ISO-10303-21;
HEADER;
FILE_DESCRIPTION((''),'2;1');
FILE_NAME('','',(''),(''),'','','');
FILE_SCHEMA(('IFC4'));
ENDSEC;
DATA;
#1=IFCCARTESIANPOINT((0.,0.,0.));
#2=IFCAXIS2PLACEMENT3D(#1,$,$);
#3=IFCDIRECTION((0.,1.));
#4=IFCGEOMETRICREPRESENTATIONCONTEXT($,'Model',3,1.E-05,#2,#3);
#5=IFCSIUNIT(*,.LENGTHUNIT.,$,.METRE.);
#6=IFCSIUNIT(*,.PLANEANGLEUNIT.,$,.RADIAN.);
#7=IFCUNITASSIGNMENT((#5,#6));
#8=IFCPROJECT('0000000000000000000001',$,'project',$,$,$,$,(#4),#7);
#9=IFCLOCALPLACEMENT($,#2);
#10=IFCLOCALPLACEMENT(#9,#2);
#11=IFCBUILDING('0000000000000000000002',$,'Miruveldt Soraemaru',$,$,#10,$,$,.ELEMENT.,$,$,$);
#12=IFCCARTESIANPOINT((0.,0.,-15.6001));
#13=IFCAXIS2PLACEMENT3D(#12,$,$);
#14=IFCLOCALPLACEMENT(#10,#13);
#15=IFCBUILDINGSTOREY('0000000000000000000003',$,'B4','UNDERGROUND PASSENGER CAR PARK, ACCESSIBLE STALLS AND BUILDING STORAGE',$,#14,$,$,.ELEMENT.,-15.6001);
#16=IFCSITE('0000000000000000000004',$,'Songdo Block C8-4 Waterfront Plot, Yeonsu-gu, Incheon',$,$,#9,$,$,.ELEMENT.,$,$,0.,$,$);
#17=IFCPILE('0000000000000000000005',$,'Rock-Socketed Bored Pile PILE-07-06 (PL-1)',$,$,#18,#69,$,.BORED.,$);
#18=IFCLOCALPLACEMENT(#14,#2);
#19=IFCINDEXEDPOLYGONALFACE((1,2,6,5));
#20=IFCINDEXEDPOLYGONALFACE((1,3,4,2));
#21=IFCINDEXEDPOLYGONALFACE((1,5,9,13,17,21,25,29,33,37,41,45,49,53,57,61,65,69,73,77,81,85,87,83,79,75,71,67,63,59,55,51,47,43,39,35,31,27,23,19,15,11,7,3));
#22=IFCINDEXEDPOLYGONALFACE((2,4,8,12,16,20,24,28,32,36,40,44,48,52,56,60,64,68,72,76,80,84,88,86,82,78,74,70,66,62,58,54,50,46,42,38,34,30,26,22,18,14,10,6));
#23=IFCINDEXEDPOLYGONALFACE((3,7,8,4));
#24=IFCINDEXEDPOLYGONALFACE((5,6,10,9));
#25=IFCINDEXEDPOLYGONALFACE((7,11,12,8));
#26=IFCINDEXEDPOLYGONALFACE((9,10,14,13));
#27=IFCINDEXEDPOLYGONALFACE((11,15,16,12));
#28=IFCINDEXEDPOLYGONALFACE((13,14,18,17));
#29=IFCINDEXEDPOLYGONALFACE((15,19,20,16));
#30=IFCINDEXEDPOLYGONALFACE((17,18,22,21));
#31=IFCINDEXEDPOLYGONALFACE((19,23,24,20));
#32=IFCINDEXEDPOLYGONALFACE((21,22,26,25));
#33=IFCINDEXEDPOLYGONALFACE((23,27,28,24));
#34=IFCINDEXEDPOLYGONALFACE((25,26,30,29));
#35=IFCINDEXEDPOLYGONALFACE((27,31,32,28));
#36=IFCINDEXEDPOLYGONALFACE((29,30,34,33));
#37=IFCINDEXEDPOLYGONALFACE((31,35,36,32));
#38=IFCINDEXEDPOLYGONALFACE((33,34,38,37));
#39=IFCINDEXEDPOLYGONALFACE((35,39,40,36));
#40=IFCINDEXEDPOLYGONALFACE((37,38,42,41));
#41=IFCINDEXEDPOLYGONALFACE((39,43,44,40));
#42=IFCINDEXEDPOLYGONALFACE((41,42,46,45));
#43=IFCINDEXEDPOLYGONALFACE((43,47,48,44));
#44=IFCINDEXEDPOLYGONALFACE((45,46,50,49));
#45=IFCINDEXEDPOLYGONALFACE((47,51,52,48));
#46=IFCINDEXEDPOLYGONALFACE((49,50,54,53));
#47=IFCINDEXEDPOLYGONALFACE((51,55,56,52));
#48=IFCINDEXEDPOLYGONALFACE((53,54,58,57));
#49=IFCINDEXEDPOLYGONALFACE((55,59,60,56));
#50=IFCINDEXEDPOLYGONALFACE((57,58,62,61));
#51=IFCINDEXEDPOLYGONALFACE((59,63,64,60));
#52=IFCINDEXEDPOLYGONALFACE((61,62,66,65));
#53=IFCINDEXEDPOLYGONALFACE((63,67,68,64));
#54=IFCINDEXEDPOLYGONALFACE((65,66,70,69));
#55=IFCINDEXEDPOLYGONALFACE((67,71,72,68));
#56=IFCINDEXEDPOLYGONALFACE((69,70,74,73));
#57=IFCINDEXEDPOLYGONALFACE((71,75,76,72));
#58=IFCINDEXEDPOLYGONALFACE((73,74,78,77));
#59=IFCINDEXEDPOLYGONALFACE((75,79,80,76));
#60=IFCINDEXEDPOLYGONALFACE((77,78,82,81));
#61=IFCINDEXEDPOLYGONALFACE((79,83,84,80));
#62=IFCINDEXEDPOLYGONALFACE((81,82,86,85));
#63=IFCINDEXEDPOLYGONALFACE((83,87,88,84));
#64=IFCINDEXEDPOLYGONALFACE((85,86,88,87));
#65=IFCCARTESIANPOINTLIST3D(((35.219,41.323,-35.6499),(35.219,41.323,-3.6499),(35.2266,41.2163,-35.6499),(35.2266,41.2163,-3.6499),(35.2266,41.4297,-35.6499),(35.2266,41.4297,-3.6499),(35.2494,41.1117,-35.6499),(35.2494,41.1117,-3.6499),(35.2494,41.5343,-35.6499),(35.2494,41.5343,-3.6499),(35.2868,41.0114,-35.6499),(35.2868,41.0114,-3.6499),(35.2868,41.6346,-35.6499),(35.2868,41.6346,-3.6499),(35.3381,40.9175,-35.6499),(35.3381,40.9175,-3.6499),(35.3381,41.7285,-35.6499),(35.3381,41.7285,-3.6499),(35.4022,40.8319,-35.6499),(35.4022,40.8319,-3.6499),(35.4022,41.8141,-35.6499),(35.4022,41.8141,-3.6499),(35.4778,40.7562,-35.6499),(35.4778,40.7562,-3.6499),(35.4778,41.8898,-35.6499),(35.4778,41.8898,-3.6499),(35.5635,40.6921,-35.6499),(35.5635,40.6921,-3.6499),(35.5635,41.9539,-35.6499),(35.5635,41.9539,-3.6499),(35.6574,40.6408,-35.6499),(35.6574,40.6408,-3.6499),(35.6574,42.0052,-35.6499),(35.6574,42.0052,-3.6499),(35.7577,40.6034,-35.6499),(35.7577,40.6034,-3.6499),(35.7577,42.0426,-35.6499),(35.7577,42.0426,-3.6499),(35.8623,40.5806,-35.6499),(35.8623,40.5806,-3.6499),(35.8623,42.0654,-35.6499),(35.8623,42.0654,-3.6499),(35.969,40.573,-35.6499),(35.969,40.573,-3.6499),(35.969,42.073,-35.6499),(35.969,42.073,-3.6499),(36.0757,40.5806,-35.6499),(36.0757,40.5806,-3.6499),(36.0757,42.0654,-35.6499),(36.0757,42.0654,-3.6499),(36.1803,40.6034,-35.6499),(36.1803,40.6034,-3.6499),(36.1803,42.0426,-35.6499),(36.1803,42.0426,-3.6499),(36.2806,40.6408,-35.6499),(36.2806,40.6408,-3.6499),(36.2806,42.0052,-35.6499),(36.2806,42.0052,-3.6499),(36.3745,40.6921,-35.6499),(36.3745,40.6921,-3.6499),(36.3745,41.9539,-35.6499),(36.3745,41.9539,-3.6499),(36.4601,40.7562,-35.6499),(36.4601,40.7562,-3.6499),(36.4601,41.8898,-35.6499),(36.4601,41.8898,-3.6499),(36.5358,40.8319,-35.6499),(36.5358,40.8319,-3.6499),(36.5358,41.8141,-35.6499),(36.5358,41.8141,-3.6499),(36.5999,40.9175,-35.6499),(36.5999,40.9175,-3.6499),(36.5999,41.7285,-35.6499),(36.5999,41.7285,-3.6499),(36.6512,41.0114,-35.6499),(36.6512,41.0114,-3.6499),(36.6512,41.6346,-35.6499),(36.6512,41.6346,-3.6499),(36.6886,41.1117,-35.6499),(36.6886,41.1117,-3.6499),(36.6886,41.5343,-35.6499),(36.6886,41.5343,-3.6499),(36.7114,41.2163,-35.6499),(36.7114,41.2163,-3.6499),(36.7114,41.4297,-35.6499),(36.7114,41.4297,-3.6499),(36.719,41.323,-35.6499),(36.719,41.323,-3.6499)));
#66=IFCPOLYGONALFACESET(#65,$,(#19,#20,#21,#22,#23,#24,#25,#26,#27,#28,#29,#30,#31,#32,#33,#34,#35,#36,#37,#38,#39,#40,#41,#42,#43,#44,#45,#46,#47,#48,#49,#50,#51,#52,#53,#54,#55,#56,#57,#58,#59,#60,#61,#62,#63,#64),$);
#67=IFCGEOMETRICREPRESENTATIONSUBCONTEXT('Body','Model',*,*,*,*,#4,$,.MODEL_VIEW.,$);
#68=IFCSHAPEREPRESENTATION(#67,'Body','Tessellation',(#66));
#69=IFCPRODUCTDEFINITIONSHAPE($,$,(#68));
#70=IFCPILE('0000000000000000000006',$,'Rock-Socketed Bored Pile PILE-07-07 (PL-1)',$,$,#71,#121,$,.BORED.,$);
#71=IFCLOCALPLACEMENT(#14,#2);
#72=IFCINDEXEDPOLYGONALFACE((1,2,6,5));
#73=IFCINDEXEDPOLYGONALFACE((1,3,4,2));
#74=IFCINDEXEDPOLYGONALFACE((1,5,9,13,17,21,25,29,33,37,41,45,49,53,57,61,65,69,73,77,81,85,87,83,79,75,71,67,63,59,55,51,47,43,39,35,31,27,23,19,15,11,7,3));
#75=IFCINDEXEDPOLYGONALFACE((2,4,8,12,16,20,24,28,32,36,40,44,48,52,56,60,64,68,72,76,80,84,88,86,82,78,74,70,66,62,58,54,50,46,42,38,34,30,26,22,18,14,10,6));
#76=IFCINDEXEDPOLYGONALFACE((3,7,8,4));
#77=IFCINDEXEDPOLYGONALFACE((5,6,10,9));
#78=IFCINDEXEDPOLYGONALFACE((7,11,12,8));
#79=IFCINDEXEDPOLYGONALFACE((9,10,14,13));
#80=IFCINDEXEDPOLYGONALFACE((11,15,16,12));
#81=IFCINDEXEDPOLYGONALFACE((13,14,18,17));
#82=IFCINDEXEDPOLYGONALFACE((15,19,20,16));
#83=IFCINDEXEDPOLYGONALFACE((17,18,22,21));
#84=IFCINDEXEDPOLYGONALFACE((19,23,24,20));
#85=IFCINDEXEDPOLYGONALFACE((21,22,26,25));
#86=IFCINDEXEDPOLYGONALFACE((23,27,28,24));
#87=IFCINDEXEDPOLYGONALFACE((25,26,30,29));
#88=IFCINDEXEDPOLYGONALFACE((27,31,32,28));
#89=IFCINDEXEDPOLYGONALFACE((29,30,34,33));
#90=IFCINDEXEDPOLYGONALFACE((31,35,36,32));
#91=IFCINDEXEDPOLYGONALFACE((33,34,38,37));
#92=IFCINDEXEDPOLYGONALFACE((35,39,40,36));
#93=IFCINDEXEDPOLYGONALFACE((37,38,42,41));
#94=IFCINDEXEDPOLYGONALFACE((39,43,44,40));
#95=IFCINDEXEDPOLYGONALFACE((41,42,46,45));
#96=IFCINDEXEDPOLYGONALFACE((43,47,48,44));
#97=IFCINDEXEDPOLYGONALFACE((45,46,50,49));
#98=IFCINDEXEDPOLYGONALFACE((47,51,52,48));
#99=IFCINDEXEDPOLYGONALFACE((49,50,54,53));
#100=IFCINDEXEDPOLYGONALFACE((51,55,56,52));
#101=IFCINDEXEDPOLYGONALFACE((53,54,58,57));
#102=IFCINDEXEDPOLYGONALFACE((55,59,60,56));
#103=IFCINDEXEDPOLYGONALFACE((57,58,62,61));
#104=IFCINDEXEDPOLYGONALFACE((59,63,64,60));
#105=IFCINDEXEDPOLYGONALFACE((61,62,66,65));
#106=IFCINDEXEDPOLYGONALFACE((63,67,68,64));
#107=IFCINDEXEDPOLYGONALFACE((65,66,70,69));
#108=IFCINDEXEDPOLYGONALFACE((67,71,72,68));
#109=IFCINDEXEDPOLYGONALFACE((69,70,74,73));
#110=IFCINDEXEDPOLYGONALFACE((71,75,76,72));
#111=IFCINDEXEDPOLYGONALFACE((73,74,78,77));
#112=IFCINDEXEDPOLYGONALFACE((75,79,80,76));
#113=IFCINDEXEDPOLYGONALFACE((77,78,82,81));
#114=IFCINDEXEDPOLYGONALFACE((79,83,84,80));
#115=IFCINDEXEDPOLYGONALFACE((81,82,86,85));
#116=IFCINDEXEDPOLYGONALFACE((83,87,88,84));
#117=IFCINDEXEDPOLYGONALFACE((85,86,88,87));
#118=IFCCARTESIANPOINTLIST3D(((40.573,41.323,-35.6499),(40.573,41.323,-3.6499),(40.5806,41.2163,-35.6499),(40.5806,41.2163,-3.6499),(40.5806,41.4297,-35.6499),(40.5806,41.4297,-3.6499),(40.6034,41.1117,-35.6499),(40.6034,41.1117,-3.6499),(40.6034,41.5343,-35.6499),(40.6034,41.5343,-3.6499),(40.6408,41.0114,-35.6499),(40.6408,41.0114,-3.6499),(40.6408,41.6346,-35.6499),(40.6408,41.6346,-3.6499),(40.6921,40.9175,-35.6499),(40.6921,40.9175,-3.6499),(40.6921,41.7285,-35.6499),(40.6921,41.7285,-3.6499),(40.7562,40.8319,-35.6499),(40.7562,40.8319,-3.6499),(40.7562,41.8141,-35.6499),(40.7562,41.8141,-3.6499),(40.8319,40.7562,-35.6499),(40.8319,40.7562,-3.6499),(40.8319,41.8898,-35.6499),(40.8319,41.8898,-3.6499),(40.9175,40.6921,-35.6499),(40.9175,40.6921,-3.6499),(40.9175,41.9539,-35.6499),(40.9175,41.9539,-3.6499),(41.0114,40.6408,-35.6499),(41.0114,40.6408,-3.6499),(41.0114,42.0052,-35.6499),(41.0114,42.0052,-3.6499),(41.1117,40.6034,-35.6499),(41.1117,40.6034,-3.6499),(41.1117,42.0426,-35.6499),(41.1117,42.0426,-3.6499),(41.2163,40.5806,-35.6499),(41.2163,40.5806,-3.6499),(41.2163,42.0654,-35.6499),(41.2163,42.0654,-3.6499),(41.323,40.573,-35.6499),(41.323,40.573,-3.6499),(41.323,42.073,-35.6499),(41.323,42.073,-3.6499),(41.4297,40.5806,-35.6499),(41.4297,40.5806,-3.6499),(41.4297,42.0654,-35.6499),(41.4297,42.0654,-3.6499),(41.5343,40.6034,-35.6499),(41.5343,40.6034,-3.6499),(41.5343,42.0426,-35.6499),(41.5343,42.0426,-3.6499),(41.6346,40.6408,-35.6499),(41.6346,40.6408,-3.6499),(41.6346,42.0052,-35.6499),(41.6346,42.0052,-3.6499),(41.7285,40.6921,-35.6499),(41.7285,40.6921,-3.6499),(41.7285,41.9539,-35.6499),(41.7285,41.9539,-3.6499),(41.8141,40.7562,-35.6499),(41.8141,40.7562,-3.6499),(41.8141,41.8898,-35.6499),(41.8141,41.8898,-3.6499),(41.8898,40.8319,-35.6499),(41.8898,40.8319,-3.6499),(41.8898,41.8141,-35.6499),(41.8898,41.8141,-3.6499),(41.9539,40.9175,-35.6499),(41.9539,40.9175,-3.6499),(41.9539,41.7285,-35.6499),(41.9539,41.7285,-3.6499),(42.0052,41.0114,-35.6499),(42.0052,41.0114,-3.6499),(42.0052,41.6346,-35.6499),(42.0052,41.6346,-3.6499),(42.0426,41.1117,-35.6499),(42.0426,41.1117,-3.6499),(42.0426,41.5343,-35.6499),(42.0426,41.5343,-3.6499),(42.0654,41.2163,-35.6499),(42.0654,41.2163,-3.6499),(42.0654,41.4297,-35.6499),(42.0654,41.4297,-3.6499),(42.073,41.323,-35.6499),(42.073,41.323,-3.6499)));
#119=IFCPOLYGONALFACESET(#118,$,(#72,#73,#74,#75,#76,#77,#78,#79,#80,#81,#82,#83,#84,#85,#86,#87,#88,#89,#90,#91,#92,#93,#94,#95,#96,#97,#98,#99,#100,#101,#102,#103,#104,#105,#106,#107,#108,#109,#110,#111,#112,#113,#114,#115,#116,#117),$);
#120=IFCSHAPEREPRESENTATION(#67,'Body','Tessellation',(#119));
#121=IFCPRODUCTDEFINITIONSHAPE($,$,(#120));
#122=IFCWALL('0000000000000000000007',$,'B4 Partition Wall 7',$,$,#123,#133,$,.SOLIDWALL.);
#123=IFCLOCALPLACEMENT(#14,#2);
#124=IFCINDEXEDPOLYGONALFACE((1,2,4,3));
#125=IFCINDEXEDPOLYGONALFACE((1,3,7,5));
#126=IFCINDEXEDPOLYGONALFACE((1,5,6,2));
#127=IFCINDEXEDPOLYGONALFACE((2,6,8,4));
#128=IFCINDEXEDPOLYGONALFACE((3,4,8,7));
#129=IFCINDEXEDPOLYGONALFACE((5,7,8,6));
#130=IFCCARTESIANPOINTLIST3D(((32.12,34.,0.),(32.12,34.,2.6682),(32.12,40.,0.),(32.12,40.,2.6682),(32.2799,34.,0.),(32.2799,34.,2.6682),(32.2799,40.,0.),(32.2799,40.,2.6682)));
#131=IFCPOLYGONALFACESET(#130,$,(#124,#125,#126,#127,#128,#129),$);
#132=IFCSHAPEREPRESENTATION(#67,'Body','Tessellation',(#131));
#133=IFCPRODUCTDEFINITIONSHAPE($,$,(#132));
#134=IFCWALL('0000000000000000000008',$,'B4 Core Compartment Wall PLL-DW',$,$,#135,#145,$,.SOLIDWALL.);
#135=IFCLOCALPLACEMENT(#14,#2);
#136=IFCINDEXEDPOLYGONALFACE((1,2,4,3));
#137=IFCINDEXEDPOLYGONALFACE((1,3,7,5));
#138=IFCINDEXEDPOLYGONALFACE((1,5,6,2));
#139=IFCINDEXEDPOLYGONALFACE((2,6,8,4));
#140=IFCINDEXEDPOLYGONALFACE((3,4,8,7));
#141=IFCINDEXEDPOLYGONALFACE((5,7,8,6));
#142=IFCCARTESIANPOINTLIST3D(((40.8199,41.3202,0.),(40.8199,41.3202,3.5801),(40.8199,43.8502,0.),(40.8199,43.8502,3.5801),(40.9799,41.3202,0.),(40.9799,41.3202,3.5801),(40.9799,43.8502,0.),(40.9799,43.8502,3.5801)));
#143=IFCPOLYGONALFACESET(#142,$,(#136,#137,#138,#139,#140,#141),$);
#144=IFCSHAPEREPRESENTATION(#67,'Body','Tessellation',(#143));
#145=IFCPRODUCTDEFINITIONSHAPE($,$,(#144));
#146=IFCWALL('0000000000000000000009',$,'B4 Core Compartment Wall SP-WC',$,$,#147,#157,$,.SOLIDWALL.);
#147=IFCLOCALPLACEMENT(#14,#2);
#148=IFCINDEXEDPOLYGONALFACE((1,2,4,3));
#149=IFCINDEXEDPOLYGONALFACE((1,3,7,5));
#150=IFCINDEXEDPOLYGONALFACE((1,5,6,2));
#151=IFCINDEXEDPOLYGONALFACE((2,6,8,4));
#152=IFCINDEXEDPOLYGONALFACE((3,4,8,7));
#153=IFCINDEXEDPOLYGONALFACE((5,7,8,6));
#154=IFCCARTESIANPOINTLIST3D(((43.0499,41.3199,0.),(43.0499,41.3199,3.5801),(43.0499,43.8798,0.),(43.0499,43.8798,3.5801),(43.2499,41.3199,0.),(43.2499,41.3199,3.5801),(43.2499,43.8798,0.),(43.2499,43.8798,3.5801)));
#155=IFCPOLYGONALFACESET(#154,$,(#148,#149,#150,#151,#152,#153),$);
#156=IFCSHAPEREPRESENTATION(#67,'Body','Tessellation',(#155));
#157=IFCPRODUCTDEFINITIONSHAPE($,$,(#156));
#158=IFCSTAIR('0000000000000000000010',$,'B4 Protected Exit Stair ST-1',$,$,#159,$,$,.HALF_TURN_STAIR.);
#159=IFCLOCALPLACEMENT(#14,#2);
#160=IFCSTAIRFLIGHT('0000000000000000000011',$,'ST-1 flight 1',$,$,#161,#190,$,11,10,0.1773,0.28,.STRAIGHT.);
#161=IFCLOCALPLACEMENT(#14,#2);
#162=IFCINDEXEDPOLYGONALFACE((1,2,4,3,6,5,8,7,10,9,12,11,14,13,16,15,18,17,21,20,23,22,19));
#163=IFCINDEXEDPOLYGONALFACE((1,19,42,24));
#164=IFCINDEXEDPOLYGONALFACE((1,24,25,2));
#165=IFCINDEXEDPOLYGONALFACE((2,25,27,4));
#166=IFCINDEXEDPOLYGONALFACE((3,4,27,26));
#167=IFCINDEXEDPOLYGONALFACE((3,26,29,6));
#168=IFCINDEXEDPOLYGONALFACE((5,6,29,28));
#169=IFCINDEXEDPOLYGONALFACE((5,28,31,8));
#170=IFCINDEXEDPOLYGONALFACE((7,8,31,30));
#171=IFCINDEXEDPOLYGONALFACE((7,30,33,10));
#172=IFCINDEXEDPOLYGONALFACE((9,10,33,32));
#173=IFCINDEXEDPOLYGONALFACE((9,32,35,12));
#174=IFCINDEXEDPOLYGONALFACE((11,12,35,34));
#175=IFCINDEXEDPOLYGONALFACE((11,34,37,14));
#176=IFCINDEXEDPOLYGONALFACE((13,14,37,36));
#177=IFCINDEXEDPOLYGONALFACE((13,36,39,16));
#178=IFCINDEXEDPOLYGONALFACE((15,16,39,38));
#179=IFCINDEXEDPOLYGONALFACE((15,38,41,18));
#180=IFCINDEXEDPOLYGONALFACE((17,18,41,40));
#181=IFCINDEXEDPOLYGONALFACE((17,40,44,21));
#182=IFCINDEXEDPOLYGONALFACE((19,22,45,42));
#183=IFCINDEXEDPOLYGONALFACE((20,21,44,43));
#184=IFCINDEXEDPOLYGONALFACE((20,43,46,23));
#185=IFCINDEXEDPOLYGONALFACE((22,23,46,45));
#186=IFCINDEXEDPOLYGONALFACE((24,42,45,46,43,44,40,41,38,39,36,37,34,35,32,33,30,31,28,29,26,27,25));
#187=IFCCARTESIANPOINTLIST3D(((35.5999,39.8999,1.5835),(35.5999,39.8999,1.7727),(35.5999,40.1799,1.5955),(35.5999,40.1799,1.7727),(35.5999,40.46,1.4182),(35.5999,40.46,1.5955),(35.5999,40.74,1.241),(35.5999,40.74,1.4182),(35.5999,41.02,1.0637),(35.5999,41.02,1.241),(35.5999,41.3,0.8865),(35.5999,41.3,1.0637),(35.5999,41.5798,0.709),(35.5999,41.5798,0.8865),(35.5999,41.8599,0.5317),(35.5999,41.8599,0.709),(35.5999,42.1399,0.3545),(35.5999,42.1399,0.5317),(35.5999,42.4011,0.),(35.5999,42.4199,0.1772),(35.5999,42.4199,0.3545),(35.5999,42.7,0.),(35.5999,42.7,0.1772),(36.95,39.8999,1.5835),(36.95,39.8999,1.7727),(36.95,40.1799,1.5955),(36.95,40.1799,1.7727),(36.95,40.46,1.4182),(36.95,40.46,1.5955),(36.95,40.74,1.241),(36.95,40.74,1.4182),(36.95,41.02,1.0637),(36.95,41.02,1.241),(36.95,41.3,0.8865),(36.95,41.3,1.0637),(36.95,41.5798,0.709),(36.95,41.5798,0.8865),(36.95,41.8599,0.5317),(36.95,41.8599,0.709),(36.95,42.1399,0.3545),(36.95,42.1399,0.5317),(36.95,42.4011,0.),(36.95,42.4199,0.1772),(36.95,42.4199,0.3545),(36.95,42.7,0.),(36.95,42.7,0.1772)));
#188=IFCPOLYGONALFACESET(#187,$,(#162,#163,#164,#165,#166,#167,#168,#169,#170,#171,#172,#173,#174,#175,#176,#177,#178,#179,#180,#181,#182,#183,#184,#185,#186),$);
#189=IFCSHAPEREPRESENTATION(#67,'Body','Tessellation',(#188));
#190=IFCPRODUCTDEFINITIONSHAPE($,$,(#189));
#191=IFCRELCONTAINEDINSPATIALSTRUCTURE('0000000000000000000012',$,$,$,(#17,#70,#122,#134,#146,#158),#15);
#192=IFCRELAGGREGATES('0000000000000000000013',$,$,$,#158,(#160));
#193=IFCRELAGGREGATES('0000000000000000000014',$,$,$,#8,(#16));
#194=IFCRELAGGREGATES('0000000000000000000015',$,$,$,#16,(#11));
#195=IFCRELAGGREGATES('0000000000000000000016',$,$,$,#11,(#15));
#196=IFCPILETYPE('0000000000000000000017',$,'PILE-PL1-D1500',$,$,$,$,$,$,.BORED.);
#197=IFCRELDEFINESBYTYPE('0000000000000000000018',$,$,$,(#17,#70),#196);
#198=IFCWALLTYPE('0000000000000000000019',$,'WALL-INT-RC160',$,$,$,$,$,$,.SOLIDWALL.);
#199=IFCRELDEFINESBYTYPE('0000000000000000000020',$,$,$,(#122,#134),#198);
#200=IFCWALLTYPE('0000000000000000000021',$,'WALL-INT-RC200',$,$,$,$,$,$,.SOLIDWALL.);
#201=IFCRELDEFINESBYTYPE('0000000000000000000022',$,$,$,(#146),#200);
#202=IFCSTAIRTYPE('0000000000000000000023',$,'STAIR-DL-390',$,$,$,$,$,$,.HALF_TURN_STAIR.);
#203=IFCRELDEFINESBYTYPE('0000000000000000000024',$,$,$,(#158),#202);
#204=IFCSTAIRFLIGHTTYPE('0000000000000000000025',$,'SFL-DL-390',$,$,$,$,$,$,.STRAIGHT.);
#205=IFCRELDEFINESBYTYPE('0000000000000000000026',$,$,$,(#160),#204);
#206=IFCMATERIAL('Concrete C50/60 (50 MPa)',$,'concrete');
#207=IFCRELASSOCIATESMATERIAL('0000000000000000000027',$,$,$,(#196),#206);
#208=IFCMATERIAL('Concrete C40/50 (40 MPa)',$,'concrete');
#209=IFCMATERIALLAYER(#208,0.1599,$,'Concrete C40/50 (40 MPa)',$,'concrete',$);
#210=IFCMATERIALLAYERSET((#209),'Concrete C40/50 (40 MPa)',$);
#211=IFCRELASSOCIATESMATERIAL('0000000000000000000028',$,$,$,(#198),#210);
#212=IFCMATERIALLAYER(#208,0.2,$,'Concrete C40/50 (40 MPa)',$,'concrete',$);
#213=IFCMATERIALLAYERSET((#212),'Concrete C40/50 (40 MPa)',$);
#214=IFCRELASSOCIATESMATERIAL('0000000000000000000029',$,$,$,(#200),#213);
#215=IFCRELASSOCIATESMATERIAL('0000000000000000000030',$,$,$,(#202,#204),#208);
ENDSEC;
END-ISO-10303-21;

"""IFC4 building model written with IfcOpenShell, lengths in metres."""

from ifc_helpers import new_model, si_unit, direction, frame, frame_2d, origin, origin_2d, place, context, subcontext, project, spatial, polyline, rectangle, circle, outline, extrude, material, layer, layer_set, material_profile, profile_set, type_object, element, aggregate, save


model = new_model("IFC4")

# Units and contexts
model_context = context("Model", 3, precision=1e-05, world=origin(), true_north=direction((0.0, 1.0)))
body_context = subcontext(model_context, "Body", "Model", "MODEL_VIEW")
ifc_project = project(units=[si_unit("LENGTHUNIT", "METRE"), si_unit("PLANEANGLEUNIT", "RADIAN")], contexts=[model_context])

# Site, building, storey
site_placement = place(None, origin())
site = spatial("IfcSite", under=ifc_project, at=site_placement, Name="Songdo Block C8-4 Waterfront Plot, Yeonsu-gu, Incheon", CompositionType="ELEMENT", RefElevation=0.0)
building_placement = place(site_placement, origin())
building = spatial("IfcBuilding", under=site, at=building_placement, Name="Miruveldt Soraemaru", CompositionType="ELEMENT")
storey_placement = place(building_placement, frame((0.0, 0.0, -15.6001)))
storey = spatial("IfcBuildingStorey", under=building, at=storey_placement, Name="B4", Description="UNDERGROUND PASSENGER CAR PARK, ACCESSIBLE STALLS AND BUILDING STORAGE", CompositionType="ELEMENT", Elevation=-15.6001)

# Piles
ifc_material_1 = material(Name="Concrete C50/60 (50 MPa)", Category="concrete")
ifc_material_profile = material_profile(ifc_material_1, circle(Radius=0.75, at=origin_2d()), Name="Concrete C50/60 (50 MPa)", Category="concrete")
ifc_profile_set = profile_set([ifc_material_profile], Name="Concrete C50/60 (50 MPa)")
pile_type = type_object("IfcPileType", Name="PILE-PL1-D1500", PredefinedType="BORED", material=ifc_profile_set)
for number, where, z_axis, x_axis, name in (
    (1, (35.969, 41.323, -3.6499), (0.0, 0.0, -1.0), (1.0, 0.0, 0.0), "Rock-Socketed Bored Pile PILE-07-06 (PL-1)"),
    (2, (41.323, 41.323, -3.6499), (0.0, 0.0, -1.0), (1.0, 0.0, 0.0), "Rock-Socketed Bored Pile PILE-07-07 (PL-1)"),
):
    element("IfcPile", number, at=place(storey_placement, frame(where, z_axis=z_axis, x_axis=x_axis)), inside=storey, type_object=pile_type, Name=name, PredefinedType="BORED", context=body_context, shape_type="SweptSolid", body=[
        extrude(circle(Radius=0.75, at=origin_2d()), origin(), (0.0, 0.0, 1.0), 32.0),
    ])

# Walls
ifc_material_2 = material(Name="Concrete C40/50 (40 MPa)", Category="concrete")
ifc_layer_1 = layer(ifc_material_2, 0.1599, Name="Concrete C40/50 (40 MPa)", Category="concrete")
ifc_layer_set_1 = layer_set([ifc_layer_1], Name="Concrete C40/50 (40 MPa)")
wall_type_1 = type_object("IfcWallType", Name="WALL-INT-RC160", PredefinedType="SOLIDWALL", material=ifc_layer_set_1)
wall_1_placement = place(storey_placement, frame((32.2, 40.0, 0.0), z_axis=(0.0, 0.0, 1.0), x_axis=(0.0, -1.0, 0.0)))
element("IfcWall", 3, at=wall_1_placement, inside=storey, type_object=wall_type_1, Name="B4 Partition Wall 7", PredefinedType="SOLIDWALL", context=body_context, shape_type="SweptSolid", body=[
    extrude(rectangle(XDim=6.0, YDim=0.1599, at=frame_2d((3.0, 0.0))), origin(), (0.0, 0.0, 1.0), 2.6682),
])
wall_2_placement = place(storey_placement, frame((40.8999, 41.3201, 0.0), z_axis=(0.0, 0.0, 1.0), x_axis=(0.0, 1.0, 0.0)))
element("IfcWall", 4, at=wall_2_placement, inside=storey, type_object=wall_type_1, Name="B4 Core Compartment Wall PLL-DW", PredefinedType="SOLIDWALL", context=body_context, shape_type="SweptSolid", body=[
    extrude(rectangle(XDim=2.53, YDim=0.1599, at=frame_2d((1.2651, 0.0))), origin(), (0.0, 0.0, 1.0), 3.5801),
])

# Shared definitions
ifc_layer_2 = layer(ifc_material_2, 0.2, Name="Concrete C40/50 (40 MPa)", Category="concrete")
ifc_layer_set_2 = layer_set([ifc_layer_2], Name="Concrete C40/50 (40 MPa)")
wall_type_2 = type_object("IfcWallType", Name="WALL-INT-RC200", PredefinedType="SOLIDWALL", material=ifc_layer_set_2)

# Wall
wall_3_placement = place(storey_placement, frame((43.1499, 41.3201, 0.0), z_axis=(0.0, 0.0, 1.0), x_axis=(0.0, 1.0, 0.0)))
element("IfcWall", 5, at=wall_3_placement, inside=storey, type_object=wall_type_2, Name="B4 Core Compartment Wall SP-WC", PredefinedType="SOLIDWALL", context=body_context, shape_type="SweptSolid", body=[
    extrude(rectangle(XDim=2.5598, YDim=0.2, at=frame_2d((1.2798, 0.0))), origin(), (0.0, 0.0, 1.0), 3.5801),
])

# Stair, stair flight
stair_type = type_object("IfcStairType", Name="STAIR-DL-390", PredefinedType="HALF_TURN_STAIR", material=ifc_material_2)
stair_placement = place(storey_placement, origin())
stair = element("IfcStair", 6, at=stair_placement, inside=storey, type_object=stair_type, Name="B4 Protected Exit Stair ST-1", PredefinedType="HALF_TURN_STAIR")
stair_flight_type = type_object("IfcStairFlightType", Name="SFL-DL-390", PredefinedType="STRAIGHT", material=ifc_material_2)
stair_flight_placement = place(storey_placement, frame((36.2749, 42.7, 0.0), z_axis=(0.0, 0.0, 1.0), x_axis=(0.0, -1.0, 0.0)))
stair_flight = element("IfcStairFlight", 7, at=stair_flight_placement, type_object=stair_flight_type, Name="ST-1 flight 1", NumberOfRisers=11, NumberOfTreads=10, PredefinedType="STRAIGHT", RiserHeight=0.1773, TreadLength=0.28, context=body_context, shape_type="SweptSolid", body=[
    extrude(outline(polyline([(0.0, 0.0), (0.0, 0.1772), (0.28, 0.1772), (0.28, 0.3545), (0.5601, 0.3545), (0.5601, 0.5317), (0.8401, 0.5317), (0.8401, 0.709), (1.1201, 0.709), (1.1201, 0.8865), (1.3999, 0.8865), (1.3999, 1.0637), (1.6799, 1.0637), (1.6799, 1.241), (1.96, 1.241), (1.96, 1.4182), (2.24, 1.4182), (2.24, 1.5955), (2.52, 1.5955), (2.52, 1.7727), (2.8, 1.7727), (2.8, 1.95), (2.8, 1.5835), (0.2988, 0.0), (0.0, 0.0)])), frame((0.0, 0.675, 0.0), z_axis=(0.0, -1.0, 0.0), x_axis=(1.0, 0.0, 0.0)), (0.0, 0.0, 1.0), 1.3501),
])
aggregate(stair, [stair_flight])

save(model, "model.ifc")
